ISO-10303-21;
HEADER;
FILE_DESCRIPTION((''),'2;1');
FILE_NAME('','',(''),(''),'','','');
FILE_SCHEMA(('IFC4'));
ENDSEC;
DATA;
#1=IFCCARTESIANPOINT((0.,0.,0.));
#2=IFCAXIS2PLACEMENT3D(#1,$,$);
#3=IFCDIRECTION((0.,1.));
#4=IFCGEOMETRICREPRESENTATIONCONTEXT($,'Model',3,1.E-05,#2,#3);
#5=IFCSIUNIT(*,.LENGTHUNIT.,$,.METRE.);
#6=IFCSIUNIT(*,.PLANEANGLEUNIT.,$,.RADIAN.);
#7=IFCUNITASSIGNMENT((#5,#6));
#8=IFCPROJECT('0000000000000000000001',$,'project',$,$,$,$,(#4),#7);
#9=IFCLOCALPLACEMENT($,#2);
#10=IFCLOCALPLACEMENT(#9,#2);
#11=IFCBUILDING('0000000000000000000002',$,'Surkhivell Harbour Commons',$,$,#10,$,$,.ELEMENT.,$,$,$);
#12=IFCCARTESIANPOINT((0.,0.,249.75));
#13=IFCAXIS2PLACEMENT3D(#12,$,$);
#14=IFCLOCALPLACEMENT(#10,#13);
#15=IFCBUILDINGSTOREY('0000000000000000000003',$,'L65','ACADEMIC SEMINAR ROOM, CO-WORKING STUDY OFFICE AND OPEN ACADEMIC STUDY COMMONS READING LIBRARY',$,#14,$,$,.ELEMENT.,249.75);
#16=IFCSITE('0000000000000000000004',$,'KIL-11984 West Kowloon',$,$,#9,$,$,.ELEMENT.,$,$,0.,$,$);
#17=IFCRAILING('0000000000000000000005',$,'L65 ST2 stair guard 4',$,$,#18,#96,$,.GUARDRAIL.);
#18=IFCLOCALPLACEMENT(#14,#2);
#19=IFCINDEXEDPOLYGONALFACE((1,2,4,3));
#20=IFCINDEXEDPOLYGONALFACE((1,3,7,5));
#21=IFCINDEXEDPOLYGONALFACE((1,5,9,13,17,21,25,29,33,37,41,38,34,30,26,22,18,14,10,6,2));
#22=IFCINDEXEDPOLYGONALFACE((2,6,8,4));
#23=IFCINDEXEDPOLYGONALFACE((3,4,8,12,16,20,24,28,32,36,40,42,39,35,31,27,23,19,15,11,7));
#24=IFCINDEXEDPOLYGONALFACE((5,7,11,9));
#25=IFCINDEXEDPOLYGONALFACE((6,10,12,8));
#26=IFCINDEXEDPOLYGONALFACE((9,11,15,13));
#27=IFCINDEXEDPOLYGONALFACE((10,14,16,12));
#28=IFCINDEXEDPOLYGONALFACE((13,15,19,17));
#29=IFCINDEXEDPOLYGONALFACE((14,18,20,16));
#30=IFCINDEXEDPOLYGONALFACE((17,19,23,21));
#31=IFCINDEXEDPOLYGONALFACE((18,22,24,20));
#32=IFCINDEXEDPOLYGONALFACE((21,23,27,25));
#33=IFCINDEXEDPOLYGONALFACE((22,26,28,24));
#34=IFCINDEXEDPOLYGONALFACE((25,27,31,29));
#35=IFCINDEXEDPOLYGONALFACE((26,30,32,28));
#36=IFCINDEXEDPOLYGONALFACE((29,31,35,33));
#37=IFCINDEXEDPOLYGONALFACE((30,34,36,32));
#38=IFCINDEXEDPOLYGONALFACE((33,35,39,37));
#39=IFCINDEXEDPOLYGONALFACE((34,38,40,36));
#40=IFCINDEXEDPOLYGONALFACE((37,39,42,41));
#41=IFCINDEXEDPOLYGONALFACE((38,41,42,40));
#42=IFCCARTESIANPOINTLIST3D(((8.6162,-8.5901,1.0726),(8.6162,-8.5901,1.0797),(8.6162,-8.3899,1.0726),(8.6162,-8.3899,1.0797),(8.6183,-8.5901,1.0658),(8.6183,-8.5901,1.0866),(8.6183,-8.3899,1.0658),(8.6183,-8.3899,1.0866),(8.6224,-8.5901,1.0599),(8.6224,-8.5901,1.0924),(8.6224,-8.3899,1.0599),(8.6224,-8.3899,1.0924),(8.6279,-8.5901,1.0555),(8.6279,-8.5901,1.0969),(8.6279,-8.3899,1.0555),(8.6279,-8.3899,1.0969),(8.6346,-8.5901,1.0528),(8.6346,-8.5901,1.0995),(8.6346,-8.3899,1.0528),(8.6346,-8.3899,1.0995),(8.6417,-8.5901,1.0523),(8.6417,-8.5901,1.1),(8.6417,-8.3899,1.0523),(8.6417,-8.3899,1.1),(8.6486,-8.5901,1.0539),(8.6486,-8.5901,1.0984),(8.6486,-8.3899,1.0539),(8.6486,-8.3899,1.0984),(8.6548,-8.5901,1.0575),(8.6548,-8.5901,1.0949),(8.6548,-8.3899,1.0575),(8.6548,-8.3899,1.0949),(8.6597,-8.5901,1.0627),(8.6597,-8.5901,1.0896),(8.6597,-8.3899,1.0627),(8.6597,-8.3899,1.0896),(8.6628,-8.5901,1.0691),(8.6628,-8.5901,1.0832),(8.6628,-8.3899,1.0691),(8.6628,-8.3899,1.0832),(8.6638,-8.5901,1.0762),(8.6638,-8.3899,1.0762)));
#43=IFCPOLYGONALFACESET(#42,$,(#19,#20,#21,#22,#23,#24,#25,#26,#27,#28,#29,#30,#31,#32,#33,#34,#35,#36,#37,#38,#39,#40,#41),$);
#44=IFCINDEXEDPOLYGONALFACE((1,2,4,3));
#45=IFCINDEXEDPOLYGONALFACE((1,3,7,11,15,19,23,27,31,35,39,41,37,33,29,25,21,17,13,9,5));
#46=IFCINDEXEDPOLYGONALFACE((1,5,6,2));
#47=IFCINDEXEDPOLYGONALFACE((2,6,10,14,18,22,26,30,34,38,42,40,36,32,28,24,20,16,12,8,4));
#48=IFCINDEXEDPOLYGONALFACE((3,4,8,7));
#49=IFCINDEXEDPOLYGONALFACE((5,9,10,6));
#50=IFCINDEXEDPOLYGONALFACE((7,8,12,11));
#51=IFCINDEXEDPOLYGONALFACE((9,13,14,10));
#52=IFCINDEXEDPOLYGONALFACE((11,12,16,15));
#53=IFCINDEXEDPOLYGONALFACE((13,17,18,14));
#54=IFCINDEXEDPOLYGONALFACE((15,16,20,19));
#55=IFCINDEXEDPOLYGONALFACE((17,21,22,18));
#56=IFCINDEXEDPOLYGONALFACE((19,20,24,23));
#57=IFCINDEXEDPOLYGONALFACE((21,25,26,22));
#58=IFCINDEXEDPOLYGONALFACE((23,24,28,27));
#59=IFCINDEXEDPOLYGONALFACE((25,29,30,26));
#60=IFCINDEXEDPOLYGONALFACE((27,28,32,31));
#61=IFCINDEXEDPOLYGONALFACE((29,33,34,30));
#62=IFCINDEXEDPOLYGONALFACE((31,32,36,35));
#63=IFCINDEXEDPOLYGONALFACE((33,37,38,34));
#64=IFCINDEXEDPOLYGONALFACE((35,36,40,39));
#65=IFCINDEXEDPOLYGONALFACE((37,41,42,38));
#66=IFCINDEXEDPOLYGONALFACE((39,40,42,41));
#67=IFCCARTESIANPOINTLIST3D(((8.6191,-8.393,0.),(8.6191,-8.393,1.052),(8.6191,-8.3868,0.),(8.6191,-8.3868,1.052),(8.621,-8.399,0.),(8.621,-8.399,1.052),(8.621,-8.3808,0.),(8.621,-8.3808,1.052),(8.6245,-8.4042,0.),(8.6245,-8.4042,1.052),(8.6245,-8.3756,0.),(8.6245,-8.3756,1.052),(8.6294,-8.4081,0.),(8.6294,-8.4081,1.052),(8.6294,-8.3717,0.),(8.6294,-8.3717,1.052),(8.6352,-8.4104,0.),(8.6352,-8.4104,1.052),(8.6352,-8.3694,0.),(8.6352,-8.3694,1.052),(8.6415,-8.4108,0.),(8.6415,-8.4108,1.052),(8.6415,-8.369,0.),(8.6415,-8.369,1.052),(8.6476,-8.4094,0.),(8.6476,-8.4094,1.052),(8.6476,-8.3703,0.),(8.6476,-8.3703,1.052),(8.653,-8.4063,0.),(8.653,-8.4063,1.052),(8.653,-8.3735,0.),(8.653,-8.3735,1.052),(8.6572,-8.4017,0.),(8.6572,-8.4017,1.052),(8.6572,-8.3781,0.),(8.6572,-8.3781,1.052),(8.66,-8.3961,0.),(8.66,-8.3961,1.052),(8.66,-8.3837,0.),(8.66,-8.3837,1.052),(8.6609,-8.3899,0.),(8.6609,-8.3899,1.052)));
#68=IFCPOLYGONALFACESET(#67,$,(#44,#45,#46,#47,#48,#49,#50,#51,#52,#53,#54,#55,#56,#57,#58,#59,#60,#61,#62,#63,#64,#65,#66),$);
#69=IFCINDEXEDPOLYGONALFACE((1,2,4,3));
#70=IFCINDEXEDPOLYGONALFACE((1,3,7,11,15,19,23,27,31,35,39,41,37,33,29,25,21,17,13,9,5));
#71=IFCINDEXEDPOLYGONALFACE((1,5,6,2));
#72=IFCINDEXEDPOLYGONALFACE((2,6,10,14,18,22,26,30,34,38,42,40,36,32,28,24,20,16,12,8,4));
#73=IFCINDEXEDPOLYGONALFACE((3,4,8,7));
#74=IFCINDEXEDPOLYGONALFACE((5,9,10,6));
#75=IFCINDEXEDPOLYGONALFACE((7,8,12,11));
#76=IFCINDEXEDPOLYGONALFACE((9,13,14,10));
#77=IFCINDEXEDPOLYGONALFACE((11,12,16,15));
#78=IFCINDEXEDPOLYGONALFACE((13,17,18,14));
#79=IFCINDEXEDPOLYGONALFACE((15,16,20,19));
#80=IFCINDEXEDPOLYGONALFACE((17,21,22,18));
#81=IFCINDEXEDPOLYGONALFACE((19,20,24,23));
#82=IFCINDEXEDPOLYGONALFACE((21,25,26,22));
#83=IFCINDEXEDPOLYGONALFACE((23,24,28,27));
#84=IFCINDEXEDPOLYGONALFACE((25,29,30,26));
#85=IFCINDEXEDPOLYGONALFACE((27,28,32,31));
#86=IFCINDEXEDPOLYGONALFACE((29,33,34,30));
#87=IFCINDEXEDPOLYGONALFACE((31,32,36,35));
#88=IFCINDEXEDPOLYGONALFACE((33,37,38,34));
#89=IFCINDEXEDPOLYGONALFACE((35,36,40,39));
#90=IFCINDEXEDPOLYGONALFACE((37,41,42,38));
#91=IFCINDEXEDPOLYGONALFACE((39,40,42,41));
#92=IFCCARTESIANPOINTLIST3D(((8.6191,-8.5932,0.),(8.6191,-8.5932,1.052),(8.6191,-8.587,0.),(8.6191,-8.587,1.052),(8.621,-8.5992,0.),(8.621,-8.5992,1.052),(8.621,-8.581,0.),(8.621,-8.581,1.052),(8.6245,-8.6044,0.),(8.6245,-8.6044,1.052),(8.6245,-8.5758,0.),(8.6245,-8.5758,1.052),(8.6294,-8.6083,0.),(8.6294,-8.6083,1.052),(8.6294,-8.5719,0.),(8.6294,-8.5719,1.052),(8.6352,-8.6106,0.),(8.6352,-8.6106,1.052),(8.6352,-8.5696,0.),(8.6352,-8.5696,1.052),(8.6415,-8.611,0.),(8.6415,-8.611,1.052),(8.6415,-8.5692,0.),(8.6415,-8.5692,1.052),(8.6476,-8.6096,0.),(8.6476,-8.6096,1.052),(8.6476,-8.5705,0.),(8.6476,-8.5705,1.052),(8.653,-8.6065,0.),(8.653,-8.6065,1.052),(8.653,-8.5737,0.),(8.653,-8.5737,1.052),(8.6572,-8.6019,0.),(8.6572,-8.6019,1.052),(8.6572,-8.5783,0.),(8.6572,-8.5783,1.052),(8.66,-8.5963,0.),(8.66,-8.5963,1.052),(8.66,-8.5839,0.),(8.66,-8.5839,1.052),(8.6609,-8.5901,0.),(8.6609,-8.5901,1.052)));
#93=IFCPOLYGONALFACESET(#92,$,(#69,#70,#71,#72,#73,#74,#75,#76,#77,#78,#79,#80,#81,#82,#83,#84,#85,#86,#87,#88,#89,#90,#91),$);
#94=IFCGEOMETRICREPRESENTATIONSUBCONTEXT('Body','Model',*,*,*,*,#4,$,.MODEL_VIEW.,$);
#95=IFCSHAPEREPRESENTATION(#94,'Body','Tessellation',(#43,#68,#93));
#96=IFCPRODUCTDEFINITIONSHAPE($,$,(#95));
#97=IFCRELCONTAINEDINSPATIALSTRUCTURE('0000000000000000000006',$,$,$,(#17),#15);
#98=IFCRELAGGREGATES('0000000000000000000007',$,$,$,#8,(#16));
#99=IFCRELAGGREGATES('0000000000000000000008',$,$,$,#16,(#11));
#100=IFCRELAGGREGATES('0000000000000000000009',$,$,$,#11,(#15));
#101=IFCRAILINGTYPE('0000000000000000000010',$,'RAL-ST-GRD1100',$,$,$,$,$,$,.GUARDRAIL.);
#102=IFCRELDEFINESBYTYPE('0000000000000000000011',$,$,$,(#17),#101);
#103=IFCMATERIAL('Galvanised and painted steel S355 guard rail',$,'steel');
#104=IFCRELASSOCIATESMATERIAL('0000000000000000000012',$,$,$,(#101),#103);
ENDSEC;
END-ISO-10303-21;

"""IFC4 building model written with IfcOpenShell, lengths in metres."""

from ifc_helpers import new_model, si_unit, direction, frame, origin, origin_2d, place, context, subcontext, project, spatial, circle, extrude, material, type_object, element, save


model = new_model("IFC4")

# Units and contexts
model_context = context("Model", 3, precision=1e-05, world=origin(), true_north=direction((0.0, 1.0)))
body_context = subcontext(model_context, "Body", "Model", "MODEL_VIEW")
ifc_project = project(units=[si_unit("LENGTHUNIT", "METRE"), si_unit("PLANEANGLEUNIT", "RADIAN")], contexts=[model_context])

# Site, building, storey
site_placement = place(None, origin())
site = spatial("IfcSite", under=ifc_project, at=site_placement, Name="KIL-11984 West Kowloon", CompositionType="ELEMENT", RefElevation=0.0)
building_placement = place(site_placement, origin())
building = spatial("IfcBuilding", under=site, at=building_placement, Name="Surkhivell Harbour Commons", CompositionType="ELEMENT")
storey_placement = place(building_placement, frame((0.0, 0.0, 249.75)))
storey = spatial("IfcBuildingStorey", under=building, at=storey_placement, Name="L65", Description="ACADEMIC SEMINAR ROOM, CO-WORKING STUDY OFFICE AND OPEN ACADEMIC STUDY COMMONS READING LIBRARY", CompositionType="ELEMENT", Elevation=249.75)

# Railing
ifc_material_1 = material(Name="Galvanised and painted steel S355 guard rail", Category="steel")
railing_type_1 = type_object("IfcRailingType", Name="RAL-ST-GRD1100", PredefinedType="GUARDRAIL", material=ifc_material_1)
railing_1_placement = place(storey_placement, frame((8.6399, -8.3899, 0.0)))
element("IfcRailing", 1, at=railing_1_placement, inside=storey, type_object=railing_type_1, Name="L65 ST2 stair guard 4", PredefinedType="GUARDRAIL", context=body_context, shape_type="SweptSolid", body=[
    extrude(circle(Radius=0.0239, at=origin_2d()), frame((0.0, 0.0, 1.0762), z_axis=(0.0, -1.0, 0.0), x_axis=(1.0, 0.0, 0.0)), (0.0, 0.0, 1.0), 0.2002),
    extrude(circle(Radius=0.021, at=origin_2d()), origin(), (0.0, 0.0, 1.0), 1.052),
    extrude(circle(Radius=0.021, at=origin_2d()), frame((0.0, -0.2002, 0.0)), (0.0, 0.0, 1.0), 1.052),
])

save(model, "model.ifc")
